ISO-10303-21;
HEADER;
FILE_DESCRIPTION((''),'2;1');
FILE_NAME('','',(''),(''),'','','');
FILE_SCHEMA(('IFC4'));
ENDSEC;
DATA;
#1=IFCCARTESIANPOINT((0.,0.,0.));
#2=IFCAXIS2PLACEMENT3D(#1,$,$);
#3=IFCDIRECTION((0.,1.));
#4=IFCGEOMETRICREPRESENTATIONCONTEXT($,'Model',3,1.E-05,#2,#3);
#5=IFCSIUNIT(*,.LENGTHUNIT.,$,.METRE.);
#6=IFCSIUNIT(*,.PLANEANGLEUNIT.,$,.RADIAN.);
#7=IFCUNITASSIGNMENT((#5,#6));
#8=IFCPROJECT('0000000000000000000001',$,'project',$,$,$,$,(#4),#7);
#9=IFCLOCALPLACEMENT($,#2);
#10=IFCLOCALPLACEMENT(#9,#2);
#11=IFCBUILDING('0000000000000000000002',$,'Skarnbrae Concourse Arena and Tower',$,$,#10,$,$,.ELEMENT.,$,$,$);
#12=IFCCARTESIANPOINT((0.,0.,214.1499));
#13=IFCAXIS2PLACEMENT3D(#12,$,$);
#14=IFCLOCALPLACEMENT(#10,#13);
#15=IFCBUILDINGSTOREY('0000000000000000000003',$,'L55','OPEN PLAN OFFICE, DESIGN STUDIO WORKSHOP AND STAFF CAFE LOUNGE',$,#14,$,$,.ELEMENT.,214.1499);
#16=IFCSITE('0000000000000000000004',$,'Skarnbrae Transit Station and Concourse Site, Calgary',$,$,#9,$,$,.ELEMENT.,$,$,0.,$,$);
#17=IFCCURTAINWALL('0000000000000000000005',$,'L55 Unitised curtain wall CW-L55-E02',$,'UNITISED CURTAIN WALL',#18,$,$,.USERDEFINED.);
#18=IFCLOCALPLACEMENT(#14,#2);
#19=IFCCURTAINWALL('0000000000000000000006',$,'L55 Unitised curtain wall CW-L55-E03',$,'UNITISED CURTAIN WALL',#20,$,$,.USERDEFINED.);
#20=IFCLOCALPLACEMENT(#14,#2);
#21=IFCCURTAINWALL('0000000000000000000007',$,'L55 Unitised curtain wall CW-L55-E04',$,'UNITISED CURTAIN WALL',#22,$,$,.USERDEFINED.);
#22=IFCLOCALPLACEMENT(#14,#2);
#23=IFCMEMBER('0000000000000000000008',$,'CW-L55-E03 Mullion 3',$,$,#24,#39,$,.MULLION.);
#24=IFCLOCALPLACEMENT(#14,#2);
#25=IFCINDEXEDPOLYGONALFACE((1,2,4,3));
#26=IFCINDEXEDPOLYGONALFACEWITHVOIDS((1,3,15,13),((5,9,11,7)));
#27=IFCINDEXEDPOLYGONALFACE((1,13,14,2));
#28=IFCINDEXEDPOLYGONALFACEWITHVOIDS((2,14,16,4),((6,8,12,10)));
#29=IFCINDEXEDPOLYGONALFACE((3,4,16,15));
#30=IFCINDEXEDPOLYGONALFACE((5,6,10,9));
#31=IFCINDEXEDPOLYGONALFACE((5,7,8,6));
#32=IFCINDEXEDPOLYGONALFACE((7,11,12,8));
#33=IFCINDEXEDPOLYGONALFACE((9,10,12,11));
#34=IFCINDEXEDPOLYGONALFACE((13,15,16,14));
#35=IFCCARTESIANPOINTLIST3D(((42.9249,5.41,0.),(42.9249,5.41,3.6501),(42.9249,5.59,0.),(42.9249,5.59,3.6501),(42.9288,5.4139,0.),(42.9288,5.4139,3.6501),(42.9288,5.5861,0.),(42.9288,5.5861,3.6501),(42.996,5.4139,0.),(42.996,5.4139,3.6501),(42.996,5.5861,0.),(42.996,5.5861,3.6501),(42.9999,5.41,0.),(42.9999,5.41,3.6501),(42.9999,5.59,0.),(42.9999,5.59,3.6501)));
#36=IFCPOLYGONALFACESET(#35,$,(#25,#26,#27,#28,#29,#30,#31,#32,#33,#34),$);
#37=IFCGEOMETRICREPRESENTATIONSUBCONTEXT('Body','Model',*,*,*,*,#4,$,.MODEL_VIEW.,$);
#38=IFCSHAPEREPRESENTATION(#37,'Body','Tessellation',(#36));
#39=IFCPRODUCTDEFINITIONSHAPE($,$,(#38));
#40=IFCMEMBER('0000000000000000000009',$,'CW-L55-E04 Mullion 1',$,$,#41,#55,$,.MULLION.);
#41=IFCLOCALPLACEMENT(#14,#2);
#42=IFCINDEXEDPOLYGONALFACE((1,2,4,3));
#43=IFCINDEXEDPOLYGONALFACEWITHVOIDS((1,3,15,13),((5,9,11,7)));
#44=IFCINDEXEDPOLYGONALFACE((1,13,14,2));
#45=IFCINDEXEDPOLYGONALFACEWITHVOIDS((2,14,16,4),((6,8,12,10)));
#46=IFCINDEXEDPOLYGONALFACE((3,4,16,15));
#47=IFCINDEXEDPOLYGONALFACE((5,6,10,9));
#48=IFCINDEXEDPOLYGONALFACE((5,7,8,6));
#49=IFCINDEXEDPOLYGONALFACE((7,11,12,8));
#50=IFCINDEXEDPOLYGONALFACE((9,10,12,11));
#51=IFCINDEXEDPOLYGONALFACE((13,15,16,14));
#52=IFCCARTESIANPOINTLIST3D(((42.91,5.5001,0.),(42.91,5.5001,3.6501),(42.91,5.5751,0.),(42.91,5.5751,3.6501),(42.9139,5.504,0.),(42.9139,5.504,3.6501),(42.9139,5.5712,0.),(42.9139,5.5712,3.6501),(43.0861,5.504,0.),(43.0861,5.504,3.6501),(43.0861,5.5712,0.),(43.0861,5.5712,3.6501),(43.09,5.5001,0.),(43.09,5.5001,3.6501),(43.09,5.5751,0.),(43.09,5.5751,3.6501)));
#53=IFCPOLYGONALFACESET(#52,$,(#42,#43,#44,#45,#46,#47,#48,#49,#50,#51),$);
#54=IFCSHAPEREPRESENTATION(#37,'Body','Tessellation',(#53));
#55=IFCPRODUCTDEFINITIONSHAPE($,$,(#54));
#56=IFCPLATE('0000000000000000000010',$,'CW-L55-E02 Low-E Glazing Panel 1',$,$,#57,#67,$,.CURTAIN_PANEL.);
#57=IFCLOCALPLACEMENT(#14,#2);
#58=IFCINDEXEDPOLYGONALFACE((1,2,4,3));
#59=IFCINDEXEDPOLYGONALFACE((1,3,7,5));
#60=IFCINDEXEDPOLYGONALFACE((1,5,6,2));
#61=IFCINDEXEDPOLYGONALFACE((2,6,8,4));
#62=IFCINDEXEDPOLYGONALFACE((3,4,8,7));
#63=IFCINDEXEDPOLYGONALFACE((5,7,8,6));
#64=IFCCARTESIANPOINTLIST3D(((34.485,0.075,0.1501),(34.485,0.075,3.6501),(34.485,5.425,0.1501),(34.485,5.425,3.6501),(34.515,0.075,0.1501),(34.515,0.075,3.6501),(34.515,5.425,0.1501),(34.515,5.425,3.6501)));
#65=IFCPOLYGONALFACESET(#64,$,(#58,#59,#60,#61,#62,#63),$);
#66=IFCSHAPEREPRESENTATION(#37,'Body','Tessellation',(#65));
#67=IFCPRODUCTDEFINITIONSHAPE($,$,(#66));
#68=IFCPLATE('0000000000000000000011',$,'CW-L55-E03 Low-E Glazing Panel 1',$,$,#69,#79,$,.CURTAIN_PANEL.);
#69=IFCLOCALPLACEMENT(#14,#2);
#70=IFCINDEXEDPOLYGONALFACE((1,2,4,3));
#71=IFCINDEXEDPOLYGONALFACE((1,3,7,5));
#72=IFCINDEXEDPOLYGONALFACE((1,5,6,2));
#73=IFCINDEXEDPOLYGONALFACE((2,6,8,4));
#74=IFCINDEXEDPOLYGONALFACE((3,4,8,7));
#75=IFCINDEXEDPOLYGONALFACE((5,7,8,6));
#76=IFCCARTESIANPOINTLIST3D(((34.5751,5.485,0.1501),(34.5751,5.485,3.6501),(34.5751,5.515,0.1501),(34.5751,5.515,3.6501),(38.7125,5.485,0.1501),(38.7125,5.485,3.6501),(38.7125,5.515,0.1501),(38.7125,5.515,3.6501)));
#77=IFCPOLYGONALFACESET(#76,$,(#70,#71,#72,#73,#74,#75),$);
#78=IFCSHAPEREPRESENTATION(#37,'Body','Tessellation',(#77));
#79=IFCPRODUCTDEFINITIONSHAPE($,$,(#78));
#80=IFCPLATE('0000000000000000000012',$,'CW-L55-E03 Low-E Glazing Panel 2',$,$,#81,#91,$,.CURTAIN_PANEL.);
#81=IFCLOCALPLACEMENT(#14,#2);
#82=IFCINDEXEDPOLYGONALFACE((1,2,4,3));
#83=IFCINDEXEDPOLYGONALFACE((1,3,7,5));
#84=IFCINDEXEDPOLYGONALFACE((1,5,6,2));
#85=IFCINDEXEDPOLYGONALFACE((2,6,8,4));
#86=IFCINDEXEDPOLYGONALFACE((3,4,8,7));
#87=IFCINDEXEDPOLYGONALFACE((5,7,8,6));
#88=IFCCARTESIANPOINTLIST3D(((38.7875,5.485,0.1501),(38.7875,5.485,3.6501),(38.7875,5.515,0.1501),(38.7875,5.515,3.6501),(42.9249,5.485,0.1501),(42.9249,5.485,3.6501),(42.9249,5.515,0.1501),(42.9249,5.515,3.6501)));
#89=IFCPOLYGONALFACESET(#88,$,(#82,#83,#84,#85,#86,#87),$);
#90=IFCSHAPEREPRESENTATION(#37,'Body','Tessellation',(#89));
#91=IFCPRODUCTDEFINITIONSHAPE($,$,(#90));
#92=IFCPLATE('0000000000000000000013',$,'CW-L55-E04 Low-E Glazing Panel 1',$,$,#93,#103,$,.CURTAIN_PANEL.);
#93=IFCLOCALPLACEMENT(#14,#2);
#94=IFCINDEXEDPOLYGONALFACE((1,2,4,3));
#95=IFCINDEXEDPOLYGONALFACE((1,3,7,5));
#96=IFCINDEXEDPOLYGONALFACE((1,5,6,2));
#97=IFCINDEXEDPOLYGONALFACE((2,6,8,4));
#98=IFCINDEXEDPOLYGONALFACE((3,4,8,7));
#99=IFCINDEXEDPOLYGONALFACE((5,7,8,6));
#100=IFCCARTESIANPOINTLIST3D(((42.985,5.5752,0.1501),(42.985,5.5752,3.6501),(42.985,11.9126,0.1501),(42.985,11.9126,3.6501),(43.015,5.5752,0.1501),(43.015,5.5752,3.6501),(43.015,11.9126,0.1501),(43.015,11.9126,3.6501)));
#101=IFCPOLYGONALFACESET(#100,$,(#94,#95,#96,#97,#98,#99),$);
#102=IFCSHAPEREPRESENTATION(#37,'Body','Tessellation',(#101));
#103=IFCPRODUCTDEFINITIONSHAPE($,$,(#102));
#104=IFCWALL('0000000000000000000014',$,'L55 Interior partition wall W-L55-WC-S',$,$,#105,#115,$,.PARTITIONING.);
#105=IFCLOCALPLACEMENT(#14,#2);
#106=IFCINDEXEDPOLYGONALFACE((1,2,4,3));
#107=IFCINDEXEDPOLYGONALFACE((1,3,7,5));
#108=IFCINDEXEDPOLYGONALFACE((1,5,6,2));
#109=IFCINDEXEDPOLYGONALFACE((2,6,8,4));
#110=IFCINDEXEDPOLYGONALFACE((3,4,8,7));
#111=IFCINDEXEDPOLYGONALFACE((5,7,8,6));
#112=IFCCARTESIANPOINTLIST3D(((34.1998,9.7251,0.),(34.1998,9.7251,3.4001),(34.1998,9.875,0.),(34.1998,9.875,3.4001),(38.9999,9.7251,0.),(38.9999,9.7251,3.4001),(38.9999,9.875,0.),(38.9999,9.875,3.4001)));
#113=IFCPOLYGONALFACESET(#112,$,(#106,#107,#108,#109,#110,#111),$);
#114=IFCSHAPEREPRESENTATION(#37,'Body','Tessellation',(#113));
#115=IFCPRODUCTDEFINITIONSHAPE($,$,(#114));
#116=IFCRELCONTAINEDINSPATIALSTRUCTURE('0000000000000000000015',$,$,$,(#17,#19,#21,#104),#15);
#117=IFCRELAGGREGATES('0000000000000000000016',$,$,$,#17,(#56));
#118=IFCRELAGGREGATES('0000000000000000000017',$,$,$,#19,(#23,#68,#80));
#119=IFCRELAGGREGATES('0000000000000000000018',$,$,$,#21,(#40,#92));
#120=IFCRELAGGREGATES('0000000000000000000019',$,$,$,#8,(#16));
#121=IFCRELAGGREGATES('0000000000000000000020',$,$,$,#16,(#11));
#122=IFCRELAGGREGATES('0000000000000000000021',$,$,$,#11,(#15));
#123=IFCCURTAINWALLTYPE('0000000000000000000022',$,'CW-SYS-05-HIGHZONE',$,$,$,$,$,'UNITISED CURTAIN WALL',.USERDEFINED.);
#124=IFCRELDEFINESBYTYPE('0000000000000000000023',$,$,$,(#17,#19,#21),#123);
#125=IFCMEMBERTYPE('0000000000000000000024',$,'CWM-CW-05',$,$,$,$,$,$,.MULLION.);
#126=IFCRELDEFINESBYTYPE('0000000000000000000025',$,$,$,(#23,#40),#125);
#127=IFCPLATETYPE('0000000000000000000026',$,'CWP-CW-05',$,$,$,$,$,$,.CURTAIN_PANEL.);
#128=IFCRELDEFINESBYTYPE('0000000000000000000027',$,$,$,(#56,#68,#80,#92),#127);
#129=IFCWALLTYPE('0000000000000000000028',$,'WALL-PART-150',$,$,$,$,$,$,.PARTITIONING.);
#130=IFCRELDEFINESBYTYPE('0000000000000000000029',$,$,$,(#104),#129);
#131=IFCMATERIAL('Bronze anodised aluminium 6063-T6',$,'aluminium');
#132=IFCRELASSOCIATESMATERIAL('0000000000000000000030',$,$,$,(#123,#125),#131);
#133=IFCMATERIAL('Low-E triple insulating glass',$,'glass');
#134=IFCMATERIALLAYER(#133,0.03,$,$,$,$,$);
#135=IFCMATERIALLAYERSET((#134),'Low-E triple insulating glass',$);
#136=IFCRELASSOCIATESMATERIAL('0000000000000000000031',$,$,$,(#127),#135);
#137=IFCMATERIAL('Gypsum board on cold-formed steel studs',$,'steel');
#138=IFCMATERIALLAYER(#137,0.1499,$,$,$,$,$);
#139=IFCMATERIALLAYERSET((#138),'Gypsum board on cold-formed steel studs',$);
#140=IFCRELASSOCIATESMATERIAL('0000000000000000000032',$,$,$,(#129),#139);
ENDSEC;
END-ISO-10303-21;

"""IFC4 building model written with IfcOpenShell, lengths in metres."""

from ifc_helpers import new_model, si_unit, direction, frame, frame_2d, origin, origin_2d, place, context, subcontext, project, spatial, rectangle, hollow_rectangle, extrude, source, transform, mapped, material, layer, layer_set, material_profile, profile_set, type_object, element, aggregate, save


model = new_model("IFC4")

# Units and contexts
model_context = context("Model", 3, precision=1e-05, world=origin(), true_north=direction((0.0, 1.0)))
body_context = subcontext(model_context, "Body", "Model", "MODEL_VIEW")
ifc_project = project(units=[si_unit("LENGTHUNIT", "METRE"), si_unit("PLANEANGLEUNIT", "RADIAN")], contexts=[model_context])

# Site, building, storey
site_placement = place(None, origin())
site = spatial("IfcSite", under=ifc_project, at=site_placement, Name="Skarnbrae Transit Station and Concourse Site, Calgary", CompositionType="ELEMENT", RefElevation=0.0)
building_placement = place(site_placement, origin())
building = spatial("IfcBuilding", under=site, at=building_placement, Name="Skarnbrae Concourse Arena and Tower", CompositionType="ELEMENT")
storey_placement = place(building_placement, frame((0.0, 0.0, 214.1499)))
storey = spatial("IfcBuildingStorey", under=building, at=storey_placement, Name="L55", Description="OPEN PLAN OFFICE, DESIGN STUDIO WORKSHOP AND STAFF CAFE LOUNGE", CompositionType="ELEMENT", Elevation=214.1499)

# Curtain wall
ifc_material_1 = material(Name="Bronze anodised aluminium 6063-T6", Category="aluminium")
curtain_wall_type = type_object("IfcCurtainWallType", Name="CW-SYS-05-HIGHZONE", ElementType="UNITISED CURTAIN WALL", PredefinedType="USERDEFINED", material=ifc_material_1)
curtain_wall_1_placement = place(storey_placement, origin())
curtain_wall_1 = element("IfcCurtainWall", 1, at=curtain_wall_1_placement, inside=storey, type_object=curtain_wall_type, Name="L55 Unitised curtain wall CW-L55-E02", ObjectType="UNITISED CURTAIN WALL", PredefinedType="USERDEFINED")

# Curtain wall
curtain_wall_2_placement = place(storey_placement, origin())
curtain_wall_2 = element("IfcCurtainWall", 2, at=curtain_wall_2_placement, inside=storey, type_object=curtain_wall_type, Name="L55 Unitised curtain wall CW-L55-E03", ObjectType="UNITISED CURTAIN WALL", PredefinedType="USERDEFINED")

# Curtain wall
curtain_wall_3_placement = place(storey_placement, origin())
curtain_wall_3 = element("IfcCurtainWall", 3, at=curtain_wall_3_placement, inside=storey, type_object=curtain_wall_type, Name="L55 Unitised curtain wall CW-L55-E04", ObjectType="UNITISED CURTAIN WALL", PredefinedType="USERDEFINED")

# Members
ifc_material_profile_1 = material_profile(ifc_material_1, hollow_rectangle(XDim=0.075, YDim=0.1799, WallThickness=0.0039, at=origin_2d()), Name="ALU-MULL-75X180")
ifc_profile_set_1 = profile_set([ifc_material_profile_1], Name="Bronze anodised aluminium 6063-T6")
member_type_1 = type_object("IfcMemberType", Name="CWM-CW-05", PredefinedType="MULLION", material=ifc_profile_set_1)
shared_shape_1 = source(origin(), body_context, "Body", "SweptSolid", [
    extrude(hollow_rectangle(XDim=0.075, YDim=0.1799, WallThickness=0.0039, at=origin_2d()), origin(), (0.0, 0.0, 1.0), 3.6501),
])
member_1_placement = place(storey_placement, frame((42.9624, 5.5, 0.0), z_axis=(0.0, 0.0, 1.0), x_axis=(1.0, 0.0, 0.0)))
member_1 = element("IfcMember", 4, at=member_1_placement, type_object=member_type_1, Name="CW-L55-E03 Mullion 3", PredefinedType="MULLION", context=body_context, shape_type="MappedRepresentation", body=[
    mapped(shared_shape_1, transform((0.0, 0.0, 0.0))),
])
member_2_placement = place(storey_placement, frame((43.0, 5.5376, 0.0), z_axis=(0.0, 0.0, 1.0), x_axis=(0.0, 1.0, 0.0)))
member_2 = element("IfcMember", 5, at=member_2_placement, type_object=member_type_1, Name="CW-L55-E04 Mullion 1", PredefinedType="MULLION", context=body_context, shape_type="MappedRepresentation", body=[
    mapped(shared_shape_1, transform((0.0, 0.0, 0.0))),
])

# Plates
ifc_material_2 = material(Name="Low-E triple insulating glass", Category="glass")
ifc_layer_1 = layer(ifc_material_2, 0.03)
ifc_layer_set_1 = layer_set([ifc_layer_1], Name="Low-E triple insulating glass")
plate_type = type_object("IfcPlateType", Name="CWP-CW-05", PredefinedType="CURTAIN_PANEL", material=ifc_layer_set_1)
shared_shape_2 = source(origin(), body_context, "Body", "SweptSolid", [
    extrude(rectangle(XDim=5.3501, YDim=0.03, at=origin_2d()), origin(), (0.0, 0.0, 1.0), 3.5),
])
plate_1_placement = place(storey_placement, frame((34.5, 2.75, 0.1501), z_axis=(0.0, 0.0, 1.0), x_axis=(0.0, 1.0, 0.0)))
plate_1 = element("IfcPlate", 6, at=plate_1_placement, type_object=plate_type, Name="CW-L55-E02 Low-E Glazing Panel 1", PredefinedType="CURTAIN_PANEL", context=body_context, shape_type="MappedRepresentation", body=[
    mapped(shared_shape_2, transform((0.0, 0.0, 0.0))),
])
aggregate(curtain_wall_1, [plate_1])
shared_shape_3 = source(origin(), body_context, "Body", "SweptSolid", [
    extrude(rectangle(XDim=4.1375, YDim=0.03, at=origin_2d()), origin(), (0.0, 0.0, 1.0), 3.5),
])
plate_2_placement = place(storey_placement, frame((36.6438, 5.5, 0.1501), z_axis=(0.0, 0.0, 1.0), x_axis=(1.0, 0.0, 0.0)))
plate_2 = element("IfcPlate", 7, at=plate_2_placement, type_object=plate_type, Name="CW-L55-E03 Low-E Glazing Panel 1", PredefinedType="CURTAIN_PANEL", context=body_context, shape_type="MappedRepresentation", body=[
    mapped(shared_shape_3, transform((0.0, 0.0, 0.0))),
])
plate_3_placement = place(storey_placement, frame((40.8562, 5.5, 0.1501), z_axis=(0.0, 0.0, 1.0), x_axis=(1.0, 0.0, 0.0)))
plate_3 = element("IfcPlate", 8, at=plate_3_placement, type_object=plate_type, Name="CW-L55-E03 Low-E Glazing Panel 2", PredefinedType="CURTAIN_PANEL", context=body_context, shape_type="MappedRepresentation", body=[
    mapped(shared_shape_3, transform((0.0, 0.0, 0.0))),
])
aggregate(curtain_wall_2, [member_1, plate_2, plate_3])
shared_shape_4 = source(origin(), body_context, "Body", "SweptSolid", [
    extrude(rectangle(XDim=6.3374, YDim=0.03, at=origin_2d()), origin(), (0.0, 0.0, 1.0), 3.5),
])
plate_4_placement = place(storey_placement, frame((43.0, 8.7439, 0.1501), z_axis=(0.0, 0.0, 1.0), x_axis=(0.0, 1.0, 0.0)))
plate_4 = element("IfcPlate", 9, at=plate_4_placement, type_object=plate_type, Name="CW-L55-E04 Low-E Glazing Panel 1", PredefinedType="CURTAIN_PANEL", context=body_context, shape_type="MappedRepresentation", body=[
    mapped(shared_shape_4, transform((0.0, 0.0, 0.0))),
])
aggregate(curtain_wall_3, [member_2, plate_4])

# Wall
ifc_material_3 = material(Name="Gypsum board on cold-formed steel studs", Category="steel")
ifc_layer_2 = layer(ifc_material_3, 0.1499)
ifc_layer_set_2 = layer_set([ifc_layer_2], Name="Gypsum board on cold-formed steel studs")
wall_type = type_object("IfcWallType", Name="WALL-PART-150", PredefinedType="PARTITIONING", material=ifc_layer_set_2)
shared_shape_5 = source(origin(), body_context, "Body", "SweptSolid", [
    extrude(rectangle(XDim=4.8, YDim=0.1499, at=frame_2d((2.3999, 0.0))), origin(), (0.0, 0.0, 1.0), 3.4001),
])
wall_placement = place(storey_placement, frame((34.2, 9.8, 0.0), z_axis=(0.0, 0.0, 1.0), x_axis=(1.0, 0.0, 0.0)))
element("IfcWall", 10, at=wall_placement, inside=storey, type_object=wall_type, Name="L55 Interior partition wall W-L55-WC-S", PredefinedType="PARTITIONING", context=body_context, shape_type="MappedRepresentation", body=[
    mapped(shared_shape_5, transform((0.0, 0.0, 0.0))),
])

save(model, "model.ifc")
